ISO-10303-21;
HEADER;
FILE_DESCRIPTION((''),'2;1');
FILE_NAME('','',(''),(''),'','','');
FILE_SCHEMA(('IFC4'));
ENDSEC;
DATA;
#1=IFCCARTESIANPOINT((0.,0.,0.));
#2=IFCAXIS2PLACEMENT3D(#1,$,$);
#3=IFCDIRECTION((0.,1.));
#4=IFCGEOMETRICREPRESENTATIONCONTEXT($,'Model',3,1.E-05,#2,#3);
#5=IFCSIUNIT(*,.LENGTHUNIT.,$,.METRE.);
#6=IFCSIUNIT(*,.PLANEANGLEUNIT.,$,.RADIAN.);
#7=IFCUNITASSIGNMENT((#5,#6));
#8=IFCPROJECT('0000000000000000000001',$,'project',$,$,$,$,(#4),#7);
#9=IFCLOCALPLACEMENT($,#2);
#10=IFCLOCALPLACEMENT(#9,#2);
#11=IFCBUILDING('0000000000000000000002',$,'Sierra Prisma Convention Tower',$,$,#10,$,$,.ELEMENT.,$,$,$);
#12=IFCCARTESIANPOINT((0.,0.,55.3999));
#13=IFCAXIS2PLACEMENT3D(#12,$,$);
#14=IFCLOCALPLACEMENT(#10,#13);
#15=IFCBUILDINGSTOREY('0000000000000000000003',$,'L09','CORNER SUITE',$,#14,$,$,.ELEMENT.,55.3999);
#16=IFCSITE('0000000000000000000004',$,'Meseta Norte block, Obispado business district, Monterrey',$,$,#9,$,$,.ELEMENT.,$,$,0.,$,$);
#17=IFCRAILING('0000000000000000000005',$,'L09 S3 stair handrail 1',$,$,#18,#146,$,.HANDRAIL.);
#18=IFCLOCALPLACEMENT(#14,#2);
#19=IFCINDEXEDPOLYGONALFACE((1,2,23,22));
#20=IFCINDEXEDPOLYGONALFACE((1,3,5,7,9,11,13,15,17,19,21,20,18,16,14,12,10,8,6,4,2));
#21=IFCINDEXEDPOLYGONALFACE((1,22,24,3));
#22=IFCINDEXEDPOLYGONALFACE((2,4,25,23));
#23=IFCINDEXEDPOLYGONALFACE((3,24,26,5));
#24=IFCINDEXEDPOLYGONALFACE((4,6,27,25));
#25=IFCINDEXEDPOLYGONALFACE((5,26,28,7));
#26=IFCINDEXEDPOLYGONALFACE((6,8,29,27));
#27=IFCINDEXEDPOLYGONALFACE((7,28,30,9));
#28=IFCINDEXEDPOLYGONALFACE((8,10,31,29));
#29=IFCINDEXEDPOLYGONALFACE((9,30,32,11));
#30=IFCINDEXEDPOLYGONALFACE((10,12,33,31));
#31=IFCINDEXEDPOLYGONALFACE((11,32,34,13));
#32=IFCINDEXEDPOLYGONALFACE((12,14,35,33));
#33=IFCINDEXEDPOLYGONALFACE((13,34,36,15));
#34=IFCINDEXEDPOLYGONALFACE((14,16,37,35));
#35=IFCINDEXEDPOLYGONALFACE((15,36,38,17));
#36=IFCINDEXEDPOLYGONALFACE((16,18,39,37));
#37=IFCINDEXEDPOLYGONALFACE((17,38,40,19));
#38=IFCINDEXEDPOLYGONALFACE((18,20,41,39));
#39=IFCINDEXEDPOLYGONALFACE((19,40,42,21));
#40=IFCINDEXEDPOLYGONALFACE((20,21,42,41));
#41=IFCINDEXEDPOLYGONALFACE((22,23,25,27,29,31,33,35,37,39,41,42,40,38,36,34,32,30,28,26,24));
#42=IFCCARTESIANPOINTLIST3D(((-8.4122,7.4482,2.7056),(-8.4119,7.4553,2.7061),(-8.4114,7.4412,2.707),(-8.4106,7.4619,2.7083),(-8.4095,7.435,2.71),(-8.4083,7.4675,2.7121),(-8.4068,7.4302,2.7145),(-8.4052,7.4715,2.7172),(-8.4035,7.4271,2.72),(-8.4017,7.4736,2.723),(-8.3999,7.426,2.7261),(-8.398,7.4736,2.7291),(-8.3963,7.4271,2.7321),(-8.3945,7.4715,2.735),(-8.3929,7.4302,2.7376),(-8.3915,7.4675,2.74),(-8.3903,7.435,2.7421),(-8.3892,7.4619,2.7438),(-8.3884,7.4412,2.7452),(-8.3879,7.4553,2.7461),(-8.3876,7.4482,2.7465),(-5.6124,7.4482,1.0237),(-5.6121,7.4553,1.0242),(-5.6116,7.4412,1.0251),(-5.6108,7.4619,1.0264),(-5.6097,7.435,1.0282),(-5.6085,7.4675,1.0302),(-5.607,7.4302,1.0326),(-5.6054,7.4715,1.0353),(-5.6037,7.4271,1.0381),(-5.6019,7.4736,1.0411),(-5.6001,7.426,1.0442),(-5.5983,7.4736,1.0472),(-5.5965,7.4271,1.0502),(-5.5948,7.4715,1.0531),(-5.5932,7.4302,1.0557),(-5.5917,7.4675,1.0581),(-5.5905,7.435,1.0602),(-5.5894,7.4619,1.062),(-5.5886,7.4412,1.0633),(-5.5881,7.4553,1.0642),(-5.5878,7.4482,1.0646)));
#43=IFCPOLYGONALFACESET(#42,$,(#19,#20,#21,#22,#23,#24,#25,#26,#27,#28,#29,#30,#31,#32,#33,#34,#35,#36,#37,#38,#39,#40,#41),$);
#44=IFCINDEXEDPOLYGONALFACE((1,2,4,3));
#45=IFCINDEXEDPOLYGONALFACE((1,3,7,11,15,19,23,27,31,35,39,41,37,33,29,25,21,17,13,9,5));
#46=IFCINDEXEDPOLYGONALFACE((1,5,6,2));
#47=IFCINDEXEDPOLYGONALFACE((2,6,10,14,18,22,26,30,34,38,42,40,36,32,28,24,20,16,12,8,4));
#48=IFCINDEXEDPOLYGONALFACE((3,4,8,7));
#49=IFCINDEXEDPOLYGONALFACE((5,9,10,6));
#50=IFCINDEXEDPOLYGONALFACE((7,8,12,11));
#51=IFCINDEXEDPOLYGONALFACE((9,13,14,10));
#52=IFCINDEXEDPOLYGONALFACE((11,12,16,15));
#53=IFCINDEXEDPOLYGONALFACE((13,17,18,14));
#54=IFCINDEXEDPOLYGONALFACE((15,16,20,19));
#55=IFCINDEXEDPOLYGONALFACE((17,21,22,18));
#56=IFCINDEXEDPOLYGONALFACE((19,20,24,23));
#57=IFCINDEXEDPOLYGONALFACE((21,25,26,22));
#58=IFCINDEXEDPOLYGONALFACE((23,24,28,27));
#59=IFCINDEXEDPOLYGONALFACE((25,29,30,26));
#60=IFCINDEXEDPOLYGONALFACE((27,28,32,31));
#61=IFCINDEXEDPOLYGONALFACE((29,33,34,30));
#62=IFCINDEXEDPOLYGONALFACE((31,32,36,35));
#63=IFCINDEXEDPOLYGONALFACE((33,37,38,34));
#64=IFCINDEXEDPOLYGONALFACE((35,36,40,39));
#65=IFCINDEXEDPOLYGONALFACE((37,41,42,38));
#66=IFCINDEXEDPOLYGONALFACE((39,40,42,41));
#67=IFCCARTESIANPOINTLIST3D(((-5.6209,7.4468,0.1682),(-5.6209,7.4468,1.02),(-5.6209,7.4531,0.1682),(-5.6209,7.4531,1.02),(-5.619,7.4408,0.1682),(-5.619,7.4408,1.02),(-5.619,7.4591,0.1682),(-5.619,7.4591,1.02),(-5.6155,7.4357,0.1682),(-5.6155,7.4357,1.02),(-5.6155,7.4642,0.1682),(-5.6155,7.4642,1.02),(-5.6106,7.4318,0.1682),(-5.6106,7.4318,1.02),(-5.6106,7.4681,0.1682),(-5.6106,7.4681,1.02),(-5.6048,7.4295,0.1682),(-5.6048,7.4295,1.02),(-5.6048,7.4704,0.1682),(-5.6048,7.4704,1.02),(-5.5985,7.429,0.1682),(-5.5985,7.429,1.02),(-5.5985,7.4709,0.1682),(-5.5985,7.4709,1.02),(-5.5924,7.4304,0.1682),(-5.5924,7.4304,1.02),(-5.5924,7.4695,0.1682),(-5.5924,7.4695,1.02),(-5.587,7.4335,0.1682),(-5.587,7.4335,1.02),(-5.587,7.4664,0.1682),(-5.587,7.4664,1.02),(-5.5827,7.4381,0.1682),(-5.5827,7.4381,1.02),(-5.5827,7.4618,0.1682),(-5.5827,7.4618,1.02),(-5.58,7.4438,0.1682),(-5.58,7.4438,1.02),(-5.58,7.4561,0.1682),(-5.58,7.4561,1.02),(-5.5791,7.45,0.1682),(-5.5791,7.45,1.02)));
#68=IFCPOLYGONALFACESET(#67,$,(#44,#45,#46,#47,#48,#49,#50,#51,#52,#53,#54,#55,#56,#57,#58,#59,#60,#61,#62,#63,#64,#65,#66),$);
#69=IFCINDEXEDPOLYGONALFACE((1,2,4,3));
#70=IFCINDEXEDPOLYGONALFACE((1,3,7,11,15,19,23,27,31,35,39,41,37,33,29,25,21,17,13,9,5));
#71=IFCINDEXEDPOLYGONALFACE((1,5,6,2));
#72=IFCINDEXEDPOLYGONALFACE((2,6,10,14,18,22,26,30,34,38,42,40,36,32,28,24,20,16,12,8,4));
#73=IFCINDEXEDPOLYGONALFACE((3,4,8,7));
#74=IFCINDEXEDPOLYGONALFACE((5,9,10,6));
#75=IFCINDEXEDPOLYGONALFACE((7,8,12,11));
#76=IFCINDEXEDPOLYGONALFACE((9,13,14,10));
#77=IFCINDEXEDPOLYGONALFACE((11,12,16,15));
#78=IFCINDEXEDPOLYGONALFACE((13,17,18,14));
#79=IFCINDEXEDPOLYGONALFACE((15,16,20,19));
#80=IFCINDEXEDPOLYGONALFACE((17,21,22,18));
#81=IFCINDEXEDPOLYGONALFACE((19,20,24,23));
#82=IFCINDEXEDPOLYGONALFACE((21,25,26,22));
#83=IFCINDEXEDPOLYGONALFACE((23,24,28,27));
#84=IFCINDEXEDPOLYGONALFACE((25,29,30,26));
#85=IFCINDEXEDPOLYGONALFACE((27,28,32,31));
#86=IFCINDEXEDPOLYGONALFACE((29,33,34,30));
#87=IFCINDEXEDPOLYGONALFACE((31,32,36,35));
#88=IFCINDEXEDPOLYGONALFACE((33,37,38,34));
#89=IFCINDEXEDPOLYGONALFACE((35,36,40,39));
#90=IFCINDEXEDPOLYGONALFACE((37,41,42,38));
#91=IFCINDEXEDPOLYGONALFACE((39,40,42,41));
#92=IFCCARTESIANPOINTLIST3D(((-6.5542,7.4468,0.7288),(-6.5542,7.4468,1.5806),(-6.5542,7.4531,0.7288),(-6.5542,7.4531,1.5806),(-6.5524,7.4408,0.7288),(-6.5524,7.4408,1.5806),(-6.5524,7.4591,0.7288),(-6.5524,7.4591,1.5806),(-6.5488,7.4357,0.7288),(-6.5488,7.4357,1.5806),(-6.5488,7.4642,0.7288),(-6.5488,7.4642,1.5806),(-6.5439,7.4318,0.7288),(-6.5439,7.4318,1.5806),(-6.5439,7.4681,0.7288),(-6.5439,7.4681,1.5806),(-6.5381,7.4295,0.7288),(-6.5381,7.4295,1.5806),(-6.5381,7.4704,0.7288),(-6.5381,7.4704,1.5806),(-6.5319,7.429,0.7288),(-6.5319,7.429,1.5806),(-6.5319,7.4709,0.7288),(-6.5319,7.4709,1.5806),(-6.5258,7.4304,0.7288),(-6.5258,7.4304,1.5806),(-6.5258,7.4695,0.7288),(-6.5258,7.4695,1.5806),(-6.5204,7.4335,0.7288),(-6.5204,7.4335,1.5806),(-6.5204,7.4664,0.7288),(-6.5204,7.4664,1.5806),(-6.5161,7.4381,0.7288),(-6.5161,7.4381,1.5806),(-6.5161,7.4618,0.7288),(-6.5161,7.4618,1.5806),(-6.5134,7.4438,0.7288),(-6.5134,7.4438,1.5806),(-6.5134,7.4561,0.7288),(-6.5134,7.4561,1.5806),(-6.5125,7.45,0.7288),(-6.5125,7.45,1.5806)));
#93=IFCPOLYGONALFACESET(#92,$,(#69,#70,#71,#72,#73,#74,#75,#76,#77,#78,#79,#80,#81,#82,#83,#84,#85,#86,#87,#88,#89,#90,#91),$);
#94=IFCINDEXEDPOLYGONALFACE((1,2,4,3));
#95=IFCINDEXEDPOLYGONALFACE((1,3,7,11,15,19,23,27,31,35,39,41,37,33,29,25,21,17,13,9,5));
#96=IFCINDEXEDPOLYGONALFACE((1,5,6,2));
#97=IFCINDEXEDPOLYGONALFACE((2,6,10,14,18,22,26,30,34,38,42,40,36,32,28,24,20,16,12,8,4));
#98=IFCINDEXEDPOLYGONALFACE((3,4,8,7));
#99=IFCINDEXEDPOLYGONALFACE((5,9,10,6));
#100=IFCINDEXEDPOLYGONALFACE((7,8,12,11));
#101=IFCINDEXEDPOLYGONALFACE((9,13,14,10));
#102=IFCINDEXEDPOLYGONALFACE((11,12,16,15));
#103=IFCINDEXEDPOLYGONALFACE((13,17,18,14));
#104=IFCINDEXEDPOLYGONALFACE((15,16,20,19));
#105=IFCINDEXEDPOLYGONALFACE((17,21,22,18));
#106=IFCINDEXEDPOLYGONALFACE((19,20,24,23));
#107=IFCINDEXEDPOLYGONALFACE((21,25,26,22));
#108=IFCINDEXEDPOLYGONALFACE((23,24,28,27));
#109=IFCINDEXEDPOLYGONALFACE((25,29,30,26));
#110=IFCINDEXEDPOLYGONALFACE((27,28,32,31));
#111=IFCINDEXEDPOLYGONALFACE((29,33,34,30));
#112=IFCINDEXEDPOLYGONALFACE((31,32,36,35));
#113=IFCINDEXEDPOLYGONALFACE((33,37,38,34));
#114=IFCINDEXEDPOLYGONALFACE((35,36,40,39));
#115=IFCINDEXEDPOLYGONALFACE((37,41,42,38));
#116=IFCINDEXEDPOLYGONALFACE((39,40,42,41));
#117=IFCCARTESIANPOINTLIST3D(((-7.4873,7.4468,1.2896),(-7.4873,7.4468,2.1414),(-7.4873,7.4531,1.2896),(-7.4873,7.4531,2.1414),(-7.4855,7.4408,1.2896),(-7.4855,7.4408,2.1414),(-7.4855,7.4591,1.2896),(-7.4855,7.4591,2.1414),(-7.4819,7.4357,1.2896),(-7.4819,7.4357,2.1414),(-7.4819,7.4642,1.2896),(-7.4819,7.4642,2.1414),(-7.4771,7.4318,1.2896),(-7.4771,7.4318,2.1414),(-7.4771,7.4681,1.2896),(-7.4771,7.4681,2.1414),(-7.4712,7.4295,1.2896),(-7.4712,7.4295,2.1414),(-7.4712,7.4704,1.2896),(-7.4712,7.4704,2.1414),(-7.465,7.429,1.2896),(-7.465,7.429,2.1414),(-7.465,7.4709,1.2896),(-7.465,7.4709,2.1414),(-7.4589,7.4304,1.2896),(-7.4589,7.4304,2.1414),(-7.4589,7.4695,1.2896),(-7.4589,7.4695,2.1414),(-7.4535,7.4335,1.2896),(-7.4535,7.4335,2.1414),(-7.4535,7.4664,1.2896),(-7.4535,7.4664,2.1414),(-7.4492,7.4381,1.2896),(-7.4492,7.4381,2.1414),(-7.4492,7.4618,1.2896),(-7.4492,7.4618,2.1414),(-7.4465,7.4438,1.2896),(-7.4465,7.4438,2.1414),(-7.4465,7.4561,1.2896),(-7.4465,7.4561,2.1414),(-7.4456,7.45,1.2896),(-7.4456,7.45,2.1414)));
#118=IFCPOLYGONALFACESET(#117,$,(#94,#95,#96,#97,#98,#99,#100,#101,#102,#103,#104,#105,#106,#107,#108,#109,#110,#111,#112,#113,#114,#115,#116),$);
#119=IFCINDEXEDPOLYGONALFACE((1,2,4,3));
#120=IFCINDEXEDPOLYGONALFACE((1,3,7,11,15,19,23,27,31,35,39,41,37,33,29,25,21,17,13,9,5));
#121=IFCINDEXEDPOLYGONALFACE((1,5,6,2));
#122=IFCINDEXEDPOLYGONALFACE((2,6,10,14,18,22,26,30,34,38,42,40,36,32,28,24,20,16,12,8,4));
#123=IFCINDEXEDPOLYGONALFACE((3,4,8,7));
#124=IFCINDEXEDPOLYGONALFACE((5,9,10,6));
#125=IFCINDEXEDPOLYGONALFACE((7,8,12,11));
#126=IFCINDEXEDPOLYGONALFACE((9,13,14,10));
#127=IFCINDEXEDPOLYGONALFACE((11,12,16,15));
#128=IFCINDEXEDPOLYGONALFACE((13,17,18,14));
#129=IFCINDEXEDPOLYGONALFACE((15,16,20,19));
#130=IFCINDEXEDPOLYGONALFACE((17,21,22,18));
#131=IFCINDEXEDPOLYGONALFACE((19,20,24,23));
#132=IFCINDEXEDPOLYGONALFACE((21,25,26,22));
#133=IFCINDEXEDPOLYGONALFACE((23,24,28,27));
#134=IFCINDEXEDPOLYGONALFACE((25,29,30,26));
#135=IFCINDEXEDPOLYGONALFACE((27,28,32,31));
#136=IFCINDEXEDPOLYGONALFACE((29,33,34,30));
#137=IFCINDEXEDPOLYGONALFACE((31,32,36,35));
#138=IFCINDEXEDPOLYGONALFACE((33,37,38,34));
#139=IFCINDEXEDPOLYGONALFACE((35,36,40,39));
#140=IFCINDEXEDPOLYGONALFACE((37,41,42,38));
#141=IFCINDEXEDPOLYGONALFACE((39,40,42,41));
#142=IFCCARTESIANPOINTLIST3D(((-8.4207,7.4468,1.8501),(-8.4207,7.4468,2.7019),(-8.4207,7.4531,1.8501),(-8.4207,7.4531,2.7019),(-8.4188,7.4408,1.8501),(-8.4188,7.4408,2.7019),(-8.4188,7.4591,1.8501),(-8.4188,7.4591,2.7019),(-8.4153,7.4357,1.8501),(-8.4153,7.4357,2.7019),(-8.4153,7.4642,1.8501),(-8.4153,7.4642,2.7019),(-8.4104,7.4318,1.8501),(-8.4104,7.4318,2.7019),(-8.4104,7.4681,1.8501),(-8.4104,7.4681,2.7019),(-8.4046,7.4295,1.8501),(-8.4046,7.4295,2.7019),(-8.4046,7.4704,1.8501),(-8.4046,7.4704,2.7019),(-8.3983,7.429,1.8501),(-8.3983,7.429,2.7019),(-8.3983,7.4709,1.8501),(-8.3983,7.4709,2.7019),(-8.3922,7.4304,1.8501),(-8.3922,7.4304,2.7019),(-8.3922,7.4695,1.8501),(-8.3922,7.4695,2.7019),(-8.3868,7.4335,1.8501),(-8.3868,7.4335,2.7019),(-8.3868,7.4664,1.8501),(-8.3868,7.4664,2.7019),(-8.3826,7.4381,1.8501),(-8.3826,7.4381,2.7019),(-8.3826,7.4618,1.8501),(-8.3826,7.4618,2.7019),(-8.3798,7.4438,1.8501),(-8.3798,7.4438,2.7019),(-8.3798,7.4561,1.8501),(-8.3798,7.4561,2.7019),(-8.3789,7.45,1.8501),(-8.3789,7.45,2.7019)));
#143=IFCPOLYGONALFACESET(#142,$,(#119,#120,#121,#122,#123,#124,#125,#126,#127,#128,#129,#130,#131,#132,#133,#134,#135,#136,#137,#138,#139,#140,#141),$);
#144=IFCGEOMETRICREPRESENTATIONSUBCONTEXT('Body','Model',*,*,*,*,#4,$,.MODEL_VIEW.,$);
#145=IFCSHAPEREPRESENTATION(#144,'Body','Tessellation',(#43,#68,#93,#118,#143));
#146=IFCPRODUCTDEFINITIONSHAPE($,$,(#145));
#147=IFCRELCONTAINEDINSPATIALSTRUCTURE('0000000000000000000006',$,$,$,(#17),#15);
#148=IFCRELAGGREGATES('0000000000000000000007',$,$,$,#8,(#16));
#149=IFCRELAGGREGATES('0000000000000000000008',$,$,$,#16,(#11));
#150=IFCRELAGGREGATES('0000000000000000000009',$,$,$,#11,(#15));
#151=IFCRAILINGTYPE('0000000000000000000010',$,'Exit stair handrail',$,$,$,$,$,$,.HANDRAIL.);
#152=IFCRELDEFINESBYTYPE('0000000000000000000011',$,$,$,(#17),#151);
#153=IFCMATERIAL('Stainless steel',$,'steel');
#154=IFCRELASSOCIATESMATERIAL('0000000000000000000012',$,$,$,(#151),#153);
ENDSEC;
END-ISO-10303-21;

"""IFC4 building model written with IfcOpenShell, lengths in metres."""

from ifc_helpers import new_model, si_unit, direction, frame, origin, origin_2d, place, context, subcontext, project, spatial, circle, extrude, material, type_object, element, save


model = new_model("IFC4")

# Units and contexts
model_context = context("Model", 3, precision=1e-05, world=origin(), true_north=direction((0.0, 1.0)))
body_context = subcontext(model_context, "Body", "Model", "MODEL_VIEW")
ifc_project = project(units=[si_unit("LENGTHUNIT", "METRE"), si_unit("PLANEANGLEUNIT", "RADIAN")], contexts=[model_context])

# Site, building, storey
site_placement = place(None, origin())
site = spatial("IfcSite", under=ifc_project, at=site_placement, Name="Meseta Norte block, Obispado business district, Monterrey", CompositionType="ELEMENT", RefElevation=0.0)
building_placement = place(site_placement, origin())
building = spatial("IfcBuilding", under=site, at=building_placement, Name="Sierra Prisma Convention Tower", CompositionType="ELEMENT")
storey_placement = place(building_placement, frame((0.0, 0.0, 55.3999)))
storey = spatial("IfcBuildingStorey", under=building, at=storey_placement, Name="L09", Description="CORNER SUITE", CompositionType="ELEMENT", Elevation=55.3999)

# Railing
ifc_material_1 = material(Name="Stainless steel", Category="steel")
railing_type_1 = type_object("IfcRailingType", Name="Exit stair handrail", PredefinedType="HANDRAIL", material=ifc_material_1)
railing_1_placement = place(storey_placement, frame((-5.6001, 7.45, 0.1682)))
element("IfcRailing", 1, at=railing_1_placement, inside=storey, type_object=railing_type_1, Name="L09 S3 stair handrail 1", PredefinedType="HANDRAIL", context=body_context, shape_type="SweptSolid", body=[
    extrude(circle(Radius=0.0239, at=origin_2d()), frame((0.0, 0.0, 0.876), z_axis=(-0.857222, 0.0, 0.514946), x_axis=(0.0, -1.0, 0.0)), (0.0, 0.0, 1.0), 3.2661),
    extrude(circle(Radius=0.021, at=origin_2d()), origin(), (0.0, 0.0, 1.0), 0.8518),
    extrude(circle(Radius=0.021, at=origin_2d()), frame((-0.9333, 0.0, 0.5605)), (0.0, 0.0, 1.0), 0.8518),
    extrude(circle(Radius=0.021, at=origin_2d()), frame((-1.8665, 0.0, 1.1213)), (0.0, 0.0, 1.0), 0.8518),
    extrude(circle(Radius=0.021, at=origin_2d()), frame((-2.7998, 0.0, 1.6819)), (0.0, 0.0, 1.0), 0.8518),
])

save(model, "model.ifc")
